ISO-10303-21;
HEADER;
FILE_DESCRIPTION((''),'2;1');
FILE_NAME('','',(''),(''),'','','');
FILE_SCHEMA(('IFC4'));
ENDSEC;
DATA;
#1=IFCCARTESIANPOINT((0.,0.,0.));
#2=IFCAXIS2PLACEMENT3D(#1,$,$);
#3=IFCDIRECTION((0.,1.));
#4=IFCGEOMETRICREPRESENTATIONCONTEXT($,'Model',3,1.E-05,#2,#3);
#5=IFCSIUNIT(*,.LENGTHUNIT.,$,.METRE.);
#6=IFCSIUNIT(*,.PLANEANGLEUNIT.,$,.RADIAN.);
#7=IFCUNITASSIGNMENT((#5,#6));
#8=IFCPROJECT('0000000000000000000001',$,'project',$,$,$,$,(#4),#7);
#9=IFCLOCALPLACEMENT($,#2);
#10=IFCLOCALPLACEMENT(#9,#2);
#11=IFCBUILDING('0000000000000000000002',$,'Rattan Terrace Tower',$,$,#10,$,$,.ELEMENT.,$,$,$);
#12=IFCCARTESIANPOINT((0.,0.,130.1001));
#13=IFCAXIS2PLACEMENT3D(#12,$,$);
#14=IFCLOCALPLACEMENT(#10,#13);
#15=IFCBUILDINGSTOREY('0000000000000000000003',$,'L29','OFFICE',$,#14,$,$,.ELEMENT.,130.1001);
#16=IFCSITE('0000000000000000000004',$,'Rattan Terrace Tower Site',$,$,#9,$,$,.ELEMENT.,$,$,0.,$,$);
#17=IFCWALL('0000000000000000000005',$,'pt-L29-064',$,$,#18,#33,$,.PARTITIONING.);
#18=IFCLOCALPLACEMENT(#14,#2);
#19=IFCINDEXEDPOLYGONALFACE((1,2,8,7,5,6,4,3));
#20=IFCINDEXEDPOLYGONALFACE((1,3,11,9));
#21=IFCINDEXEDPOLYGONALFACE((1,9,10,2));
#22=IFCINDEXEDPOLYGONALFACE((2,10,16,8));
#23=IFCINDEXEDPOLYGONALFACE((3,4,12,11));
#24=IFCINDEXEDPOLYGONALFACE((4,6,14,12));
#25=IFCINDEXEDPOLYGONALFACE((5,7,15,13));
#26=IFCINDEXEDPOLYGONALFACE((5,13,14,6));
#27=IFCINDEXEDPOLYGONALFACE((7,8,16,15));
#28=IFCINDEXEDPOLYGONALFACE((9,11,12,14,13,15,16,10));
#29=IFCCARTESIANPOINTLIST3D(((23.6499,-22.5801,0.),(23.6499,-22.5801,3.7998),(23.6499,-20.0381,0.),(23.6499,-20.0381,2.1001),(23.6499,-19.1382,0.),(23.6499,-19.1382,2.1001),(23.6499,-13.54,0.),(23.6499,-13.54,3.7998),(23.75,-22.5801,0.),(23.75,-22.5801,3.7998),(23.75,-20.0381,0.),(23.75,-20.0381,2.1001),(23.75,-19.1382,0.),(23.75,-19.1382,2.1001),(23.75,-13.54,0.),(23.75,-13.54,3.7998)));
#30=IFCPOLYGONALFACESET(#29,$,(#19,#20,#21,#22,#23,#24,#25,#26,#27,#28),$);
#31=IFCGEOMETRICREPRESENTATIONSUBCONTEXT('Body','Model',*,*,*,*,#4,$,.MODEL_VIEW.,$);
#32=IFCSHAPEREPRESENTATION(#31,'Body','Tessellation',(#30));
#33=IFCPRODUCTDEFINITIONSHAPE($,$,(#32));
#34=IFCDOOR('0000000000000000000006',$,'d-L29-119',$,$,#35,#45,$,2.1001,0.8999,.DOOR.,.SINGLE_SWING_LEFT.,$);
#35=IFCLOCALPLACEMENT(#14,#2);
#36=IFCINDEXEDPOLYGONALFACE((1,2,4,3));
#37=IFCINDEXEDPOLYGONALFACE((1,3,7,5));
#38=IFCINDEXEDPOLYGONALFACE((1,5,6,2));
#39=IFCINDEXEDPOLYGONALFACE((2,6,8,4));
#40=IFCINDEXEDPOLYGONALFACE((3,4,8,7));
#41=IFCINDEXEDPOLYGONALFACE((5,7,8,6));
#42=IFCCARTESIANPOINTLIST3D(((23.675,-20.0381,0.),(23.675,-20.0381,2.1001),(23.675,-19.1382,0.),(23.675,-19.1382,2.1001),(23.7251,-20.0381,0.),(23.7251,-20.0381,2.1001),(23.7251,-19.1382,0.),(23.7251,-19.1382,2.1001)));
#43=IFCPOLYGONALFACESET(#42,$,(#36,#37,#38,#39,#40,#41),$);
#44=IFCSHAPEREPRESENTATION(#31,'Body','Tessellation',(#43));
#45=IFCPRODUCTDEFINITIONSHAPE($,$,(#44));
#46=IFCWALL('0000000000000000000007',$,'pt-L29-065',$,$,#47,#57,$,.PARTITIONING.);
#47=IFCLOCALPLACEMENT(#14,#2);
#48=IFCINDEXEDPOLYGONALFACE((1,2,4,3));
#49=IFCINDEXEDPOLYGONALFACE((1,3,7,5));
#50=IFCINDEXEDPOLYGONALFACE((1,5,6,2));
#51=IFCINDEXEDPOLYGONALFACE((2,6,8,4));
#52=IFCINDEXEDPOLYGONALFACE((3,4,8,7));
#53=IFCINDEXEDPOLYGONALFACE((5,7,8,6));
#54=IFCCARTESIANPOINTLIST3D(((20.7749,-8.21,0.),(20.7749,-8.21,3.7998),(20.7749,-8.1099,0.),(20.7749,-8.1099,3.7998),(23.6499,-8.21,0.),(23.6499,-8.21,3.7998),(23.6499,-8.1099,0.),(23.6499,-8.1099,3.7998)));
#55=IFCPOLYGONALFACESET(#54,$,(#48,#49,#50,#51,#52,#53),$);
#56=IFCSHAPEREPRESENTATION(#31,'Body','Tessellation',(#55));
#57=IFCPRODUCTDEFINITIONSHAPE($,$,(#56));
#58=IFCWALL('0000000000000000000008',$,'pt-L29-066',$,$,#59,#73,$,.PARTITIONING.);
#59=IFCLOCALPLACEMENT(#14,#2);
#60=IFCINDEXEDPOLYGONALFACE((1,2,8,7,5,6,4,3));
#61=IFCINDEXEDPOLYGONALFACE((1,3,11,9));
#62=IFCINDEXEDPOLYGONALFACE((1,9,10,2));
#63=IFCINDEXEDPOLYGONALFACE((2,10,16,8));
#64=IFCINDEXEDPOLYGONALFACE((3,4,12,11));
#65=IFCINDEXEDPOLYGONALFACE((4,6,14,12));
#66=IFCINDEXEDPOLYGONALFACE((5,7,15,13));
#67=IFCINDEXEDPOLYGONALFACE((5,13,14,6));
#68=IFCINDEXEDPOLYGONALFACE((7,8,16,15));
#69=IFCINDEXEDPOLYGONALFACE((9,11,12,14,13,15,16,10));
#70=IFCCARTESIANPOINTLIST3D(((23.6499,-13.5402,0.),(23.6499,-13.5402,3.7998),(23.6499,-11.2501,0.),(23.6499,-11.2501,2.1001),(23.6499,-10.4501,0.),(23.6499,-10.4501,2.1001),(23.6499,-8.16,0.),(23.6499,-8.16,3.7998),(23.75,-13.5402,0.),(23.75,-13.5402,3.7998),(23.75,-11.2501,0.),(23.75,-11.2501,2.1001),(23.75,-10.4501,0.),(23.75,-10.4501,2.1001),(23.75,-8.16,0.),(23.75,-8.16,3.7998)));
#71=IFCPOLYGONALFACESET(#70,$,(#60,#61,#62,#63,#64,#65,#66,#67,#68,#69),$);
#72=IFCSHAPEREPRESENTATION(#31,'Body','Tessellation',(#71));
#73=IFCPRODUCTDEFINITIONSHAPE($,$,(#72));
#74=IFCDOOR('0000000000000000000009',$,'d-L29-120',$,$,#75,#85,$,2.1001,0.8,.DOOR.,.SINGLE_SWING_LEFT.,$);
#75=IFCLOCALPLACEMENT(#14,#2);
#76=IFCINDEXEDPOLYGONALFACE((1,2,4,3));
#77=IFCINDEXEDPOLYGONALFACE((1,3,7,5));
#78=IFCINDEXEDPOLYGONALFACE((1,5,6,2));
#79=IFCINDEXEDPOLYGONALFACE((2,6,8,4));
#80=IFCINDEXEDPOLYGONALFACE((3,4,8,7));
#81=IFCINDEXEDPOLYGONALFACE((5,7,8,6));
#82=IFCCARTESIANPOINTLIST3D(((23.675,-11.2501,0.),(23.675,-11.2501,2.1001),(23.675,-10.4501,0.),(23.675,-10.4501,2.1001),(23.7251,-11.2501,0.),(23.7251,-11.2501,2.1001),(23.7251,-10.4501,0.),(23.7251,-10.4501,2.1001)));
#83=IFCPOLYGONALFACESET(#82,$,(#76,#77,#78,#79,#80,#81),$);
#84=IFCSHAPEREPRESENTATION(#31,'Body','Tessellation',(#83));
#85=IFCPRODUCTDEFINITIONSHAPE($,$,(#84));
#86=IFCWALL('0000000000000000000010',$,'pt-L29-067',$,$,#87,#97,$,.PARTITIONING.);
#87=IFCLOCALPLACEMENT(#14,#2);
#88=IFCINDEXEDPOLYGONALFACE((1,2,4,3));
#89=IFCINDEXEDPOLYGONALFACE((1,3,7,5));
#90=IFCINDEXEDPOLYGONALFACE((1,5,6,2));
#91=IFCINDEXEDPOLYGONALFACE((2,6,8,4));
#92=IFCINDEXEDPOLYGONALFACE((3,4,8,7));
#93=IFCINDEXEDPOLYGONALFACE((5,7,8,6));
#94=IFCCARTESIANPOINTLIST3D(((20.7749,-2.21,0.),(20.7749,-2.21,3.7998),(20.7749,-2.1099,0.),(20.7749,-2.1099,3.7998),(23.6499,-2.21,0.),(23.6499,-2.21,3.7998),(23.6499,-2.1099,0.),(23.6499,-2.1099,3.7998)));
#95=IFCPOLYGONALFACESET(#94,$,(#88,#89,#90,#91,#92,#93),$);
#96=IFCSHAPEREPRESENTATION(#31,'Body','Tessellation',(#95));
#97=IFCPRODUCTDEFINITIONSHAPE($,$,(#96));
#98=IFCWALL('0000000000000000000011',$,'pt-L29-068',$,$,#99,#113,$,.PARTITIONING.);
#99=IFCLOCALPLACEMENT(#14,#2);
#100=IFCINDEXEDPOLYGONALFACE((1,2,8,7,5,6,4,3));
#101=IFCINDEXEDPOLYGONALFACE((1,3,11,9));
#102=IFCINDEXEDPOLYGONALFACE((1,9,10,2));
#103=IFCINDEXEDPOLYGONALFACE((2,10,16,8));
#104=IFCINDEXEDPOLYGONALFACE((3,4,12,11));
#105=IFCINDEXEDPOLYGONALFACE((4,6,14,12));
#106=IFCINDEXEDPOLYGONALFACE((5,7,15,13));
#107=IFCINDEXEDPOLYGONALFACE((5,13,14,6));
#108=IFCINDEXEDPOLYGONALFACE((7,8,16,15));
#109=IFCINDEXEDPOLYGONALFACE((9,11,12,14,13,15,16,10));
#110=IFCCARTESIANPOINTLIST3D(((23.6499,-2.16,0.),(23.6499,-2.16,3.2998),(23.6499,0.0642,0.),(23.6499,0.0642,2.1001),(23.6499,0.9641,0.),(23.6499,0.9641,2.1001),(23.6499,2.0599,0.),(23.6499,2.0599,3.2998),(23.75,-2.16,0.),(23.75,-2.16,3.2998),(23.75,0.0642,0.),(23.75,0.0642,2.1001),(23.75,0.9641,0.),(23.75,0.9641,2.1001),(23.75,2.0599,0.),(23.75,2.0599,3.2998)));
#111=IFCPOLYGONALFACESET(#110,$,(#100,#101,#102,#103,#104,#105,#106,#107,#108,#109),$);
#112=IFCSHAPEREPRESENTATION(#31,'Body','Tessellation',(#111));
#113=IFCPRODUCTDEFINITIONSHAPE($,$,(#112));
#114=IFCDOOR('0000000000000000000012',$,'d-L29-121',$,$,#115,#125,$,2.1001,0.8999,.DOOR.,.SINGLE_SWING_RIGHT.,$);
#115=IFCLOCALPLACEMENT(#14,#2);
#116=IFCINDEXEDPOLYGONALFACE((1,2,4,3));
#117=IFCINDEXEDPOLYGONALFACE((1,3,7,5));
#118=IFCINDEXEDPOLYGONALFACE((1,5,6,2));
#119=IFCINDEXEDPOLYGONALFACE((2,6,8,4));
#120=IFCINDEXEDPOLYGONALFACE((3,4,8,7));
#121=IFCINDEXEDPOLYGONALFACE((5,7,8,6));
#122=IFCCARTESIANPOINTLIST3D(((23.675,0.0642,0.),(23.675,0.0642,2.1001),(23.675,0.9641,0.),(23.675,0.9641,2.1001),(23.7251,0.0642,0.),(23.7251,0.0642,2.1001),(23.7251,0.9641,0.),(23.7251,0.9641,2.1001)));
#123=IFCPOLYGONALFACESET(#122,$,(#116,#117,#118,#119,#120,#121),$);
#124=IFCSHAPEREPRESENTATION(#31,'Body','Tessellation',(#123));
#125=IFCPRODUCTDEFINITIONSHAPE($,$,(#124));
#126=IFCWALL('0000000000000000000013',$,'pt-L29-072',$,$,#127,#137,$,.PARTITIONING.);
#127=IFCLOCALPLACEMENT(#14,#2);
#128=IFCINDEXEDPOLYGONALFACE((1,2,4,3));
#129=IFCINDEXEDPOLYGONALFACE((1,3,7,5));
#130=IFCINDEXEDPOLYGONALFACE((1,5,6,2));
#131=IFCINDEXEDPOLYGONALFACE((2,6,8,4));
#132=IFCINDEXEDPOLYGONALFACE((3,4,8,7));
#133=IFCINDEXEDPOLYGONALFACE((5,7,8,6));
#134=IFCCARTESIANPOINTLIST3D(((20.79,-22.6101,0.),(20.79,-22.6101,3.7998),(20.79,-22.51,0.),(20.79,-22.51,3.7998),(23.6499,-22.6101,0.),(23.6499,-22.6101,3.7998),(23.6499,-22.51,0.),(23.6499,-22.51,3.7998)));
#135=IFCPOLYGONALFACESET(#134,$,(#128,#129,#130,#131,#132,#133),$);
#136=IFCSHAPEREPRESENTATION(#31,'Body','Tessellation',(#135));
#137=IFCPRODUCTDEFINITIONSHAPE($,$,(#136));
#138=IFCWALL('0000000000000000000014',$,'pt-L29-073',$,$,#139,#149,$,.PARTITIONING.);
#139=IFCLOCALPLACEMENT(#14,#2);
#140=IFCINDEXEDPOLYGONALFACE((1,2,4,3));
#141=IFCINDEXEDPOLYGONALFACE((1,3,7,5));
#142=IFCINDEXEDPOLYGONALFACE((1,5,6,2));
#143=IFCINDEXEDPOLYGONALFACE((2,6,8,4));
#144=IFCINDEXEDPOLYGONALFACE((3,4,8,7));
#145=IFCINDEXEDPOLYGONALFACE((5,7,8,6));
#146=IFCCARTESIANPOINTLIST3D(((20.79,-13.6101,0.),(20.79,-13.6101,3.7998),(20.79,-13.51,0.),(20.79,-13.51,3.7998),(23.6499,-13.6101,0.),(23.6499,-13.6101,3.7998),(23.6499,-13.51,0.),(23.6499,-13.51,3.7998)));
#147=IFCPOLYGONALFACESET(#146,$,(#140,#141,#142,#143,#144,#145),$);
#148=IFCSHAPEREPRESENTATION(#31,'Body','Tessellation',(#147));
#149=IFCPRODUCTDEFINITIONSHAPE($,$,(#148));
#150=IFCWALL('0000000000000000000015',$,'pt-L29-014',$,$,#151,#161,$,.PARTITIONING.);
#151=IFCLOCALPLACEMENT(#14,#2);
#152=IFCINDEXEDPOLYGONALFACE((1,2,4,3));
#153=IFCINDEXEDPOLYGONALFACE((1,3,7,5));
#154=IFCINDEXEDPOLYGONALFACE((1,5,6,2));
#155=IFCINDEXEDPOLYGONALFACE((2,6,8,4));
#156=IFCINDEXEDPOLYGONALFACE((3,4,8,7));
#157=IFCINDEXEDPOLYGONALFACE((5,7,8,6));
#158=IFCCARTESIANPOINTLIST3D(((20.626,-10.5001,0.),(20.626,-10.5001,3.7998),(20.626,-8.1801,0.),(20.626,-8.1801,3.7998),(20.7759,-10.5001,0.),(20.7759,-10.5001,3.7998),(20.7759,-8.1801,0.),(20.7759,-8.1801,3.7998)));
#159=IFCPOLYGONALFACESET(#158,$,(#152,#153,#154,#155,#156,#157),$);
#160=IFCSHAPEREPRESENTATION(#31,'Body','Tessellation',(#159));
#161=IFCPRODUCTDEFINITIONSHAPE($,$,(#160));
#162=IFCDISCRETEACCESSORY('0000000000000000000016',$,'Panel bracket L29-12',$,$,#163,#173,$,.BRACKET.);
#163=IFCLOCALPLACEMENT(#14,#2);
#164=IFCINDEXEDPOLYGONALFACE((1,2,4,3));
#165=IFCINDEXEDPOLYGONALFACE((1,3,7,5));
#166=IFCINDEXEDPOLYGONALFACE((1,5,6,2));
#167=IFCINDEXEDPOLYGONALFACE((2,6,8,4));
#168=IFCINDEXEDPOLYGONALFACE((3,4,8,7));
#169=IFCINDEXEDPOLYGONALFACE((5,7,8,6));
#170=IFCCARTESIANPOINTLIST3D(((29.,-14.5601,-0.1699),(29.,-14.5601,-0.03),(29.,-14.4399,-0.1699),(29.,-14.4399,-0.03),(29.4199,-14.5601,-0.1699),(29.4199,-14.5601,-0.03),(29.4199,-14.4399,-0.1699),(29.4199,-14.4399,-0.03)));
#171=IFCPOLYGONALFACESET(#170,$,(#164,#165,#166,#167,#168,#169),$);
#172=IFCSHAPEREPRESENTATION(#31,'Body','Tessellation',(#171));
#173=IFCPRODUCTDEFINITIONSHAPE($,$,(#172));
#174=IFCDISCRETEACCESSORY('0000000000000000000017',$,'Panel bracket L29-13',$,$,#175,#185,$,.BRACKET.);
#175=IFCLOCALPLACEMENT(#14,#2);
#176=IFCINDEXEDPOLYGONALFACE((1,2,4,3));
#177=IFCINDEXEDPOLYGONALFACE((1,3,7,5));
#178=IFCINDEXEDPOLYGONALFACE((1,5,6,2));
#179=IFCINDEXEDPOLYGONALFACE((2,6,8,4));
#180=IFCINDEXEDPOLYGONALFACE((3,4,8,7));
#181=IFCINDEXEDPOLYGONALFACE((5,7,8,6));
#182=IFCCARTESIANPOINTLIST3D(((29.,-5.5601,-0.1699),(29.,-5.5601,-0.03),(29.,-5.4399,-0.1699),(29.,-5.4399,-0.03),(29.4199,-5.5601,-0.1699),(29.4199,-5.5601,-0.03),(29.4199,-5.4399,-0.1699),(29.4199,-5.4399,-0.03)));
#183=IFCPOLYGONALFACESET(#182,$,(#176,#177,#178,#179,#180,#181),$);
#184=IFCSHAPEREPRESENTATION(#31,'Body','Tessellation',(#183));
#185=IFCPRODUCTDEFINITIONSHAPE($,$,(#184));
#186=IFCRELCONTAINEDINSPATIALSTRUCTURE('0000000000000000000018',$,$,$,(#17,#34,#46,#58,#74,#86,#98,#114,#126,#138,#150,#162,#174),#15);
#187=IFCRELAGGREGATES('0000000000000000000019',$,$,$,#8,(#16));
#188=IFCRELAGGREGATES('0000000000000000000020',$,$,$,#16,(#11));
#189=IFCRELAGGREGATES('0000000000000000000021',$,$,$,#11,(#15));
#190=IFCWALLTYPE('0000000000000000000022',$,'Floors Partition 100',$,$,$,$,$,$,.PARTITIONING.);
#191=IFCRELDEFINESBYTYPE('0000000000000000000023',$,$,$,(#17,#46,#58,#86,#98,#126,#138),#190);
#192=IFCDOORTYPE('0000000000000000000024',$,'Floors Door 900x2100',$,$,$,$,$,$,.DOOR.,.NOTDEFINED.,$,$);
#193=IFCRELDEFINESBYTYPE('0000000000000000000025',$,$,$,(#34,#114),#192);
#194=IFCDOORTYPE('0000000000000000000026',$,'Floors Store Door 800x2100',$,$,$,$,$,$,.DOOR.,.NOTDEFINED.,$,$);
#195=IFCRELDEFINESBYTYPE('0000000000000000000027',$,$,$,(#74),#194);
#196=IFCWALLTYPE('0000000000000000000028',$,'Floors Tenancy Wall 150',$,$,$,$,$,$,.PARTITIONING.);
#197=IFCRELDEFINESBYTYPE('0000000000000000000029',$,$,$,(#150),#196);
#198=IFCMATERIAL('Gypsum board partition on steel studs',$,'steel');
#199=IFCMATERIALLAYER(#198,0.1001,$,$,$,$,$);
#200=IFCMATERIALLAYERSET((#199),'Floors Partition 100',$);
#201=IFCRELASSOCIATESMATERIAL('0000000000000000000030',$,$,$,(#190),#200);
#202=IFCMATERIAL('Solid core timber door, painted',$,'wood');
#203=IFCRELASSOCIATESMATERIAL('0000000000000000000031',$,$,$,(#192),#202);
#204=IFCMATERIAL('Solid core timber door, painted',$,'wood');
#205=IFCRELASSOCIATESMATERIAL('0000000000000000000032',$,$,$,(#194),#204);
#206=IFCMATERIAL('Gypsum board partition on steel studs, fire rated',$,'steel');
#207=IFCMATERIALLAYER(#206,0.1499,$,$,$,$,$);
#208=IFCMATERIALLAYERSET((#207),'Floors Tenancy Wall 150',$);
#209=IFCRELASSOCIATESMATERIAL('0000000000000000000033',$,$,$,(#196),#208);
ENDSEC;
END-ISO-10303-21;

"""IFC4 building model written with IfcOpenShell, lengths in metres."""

from ifc_helpers import new_model, si_unit, direction, frame, frame_2d, origin, origin_2d, place, context, subcontext, project, spatial, rectangle, extrude, material, layer, layer_set, type_object, element, fill, save


model = new_model("IFC4")

# Units and contexts
model_context = context("Model", 3, precision=1e-05, world=origin(), true_north=direction((0.0, 1.0)))
body_context = subcontext(model_context, "Body", "Model", "MODEL_VIEW")
ifc_project = project(units=[si_unit("LENGTHUNIT", "METRE"), si_unit("PLANEANGLEUNIT", "RADIAN")], contexts=[model_context])

# Site, building, storey
site_placement = place(None, origin())
site = spatial("IfcSite", under=ifc_project, at=site_placement, Name="Rattan Terrace Tower Site", CompositionType="ELEMENT", RefElevation=0.0)
building_placement = place(site_placement, origin())
building = spatial("IfcBuilding", under=site, at=building_placement, Name="Rattan Terrace Tower", CompositionType="ELEMENT")
storey_placement = place(building_placement, frame((0.0, 0.0, 130.1001)))
storey = spatial("IfcBuildingStorey", under=building, at=storey_placement, Name="L29", Description="OFFICE", CompositionType="ELEMENT", Elevation=130.1001)

# Wall, opening, door
ifc_material_1 = material(Name="Gypsum board partition on steel studs", Category="steel")
ifc_layer_1 = layer(ifc_material_1, 0.1001)
ifc_layer_set_1 = layer_set([ifc_layer_1], Name="Floors Partition 100")
wall_type_1 = type_object("IfcWallType", Name="Floors Partition 100", PredefinedType="PARTITIONING", material=ifc_layer_set_1)
wall_1_placement = place(storey_placement, frame((23.7, -22.5801, 0.0), z_axis=(0.0, 0.0, 1.0), x_axis=(0.0, 1.0, 0.0)))
wall_1 = element("IfcWall", 1, at=wall_1_placement, inside=storey, type_object=wall_type_1, Name="pt-L29-064", PredefinedType="PARTITIONING", context=body_context, shape_type="SweptSolid", body=[
    extrude(rectangle(XDim=9.04, YDim=0.1001, at=frame_2d((4.52, 0.0))), origin(), (0.0, 0.0, 1.0), 3.7998),
])
opening_1_placement = place(wall_1_placement, frame((2.542, 0.0, 0.0)))
opening_1 = element("IfcOpeningElement", 2, at=opening_1_placement, cuts=wall_1, PredefinedType="OPENING", context=body_context, shape_type="SweptSolid", body=[
    extrude(rectangle(XDim=0.8999, YDim=2.1001, at=frame_2d((0.45, 1.05))), frame((0.0, 0.0605, 0.0), z_axis=(0.0, -1.0, 0.0), x_axis=(1.0, 0.0, 0.0)), (0.0, 0.0, 1.0), 0.1211),
])
ifc_material_2 = material(Name="Solid core timber door, painted", Category="wood")
door_type_1 = type_object("IfcDoorType", Name="Floors Door 900x2100", OperationType="NOTDEFINED", PredefinedType="DOOR", material=ifc_material_2)
door_1_placement = place(opening_1_placement, origin())
door_1 = element("IfcDoor", 3, at=door_1_placement, inside=storey, type_object=door_type_1, Name="d-L29-119", OperationType="SINGLE_SWING_LEFT", OverallHeight=2.1001, OverallWidth=0.8999, PredefinedType="DOOR", context=body_context, shape_type="SweptSolid", body=[
    extrude(rectangle(XDim=0.8999, YDim=2.1001, at=frame_2d((0.45, 1.05))), frame((0.0, 0.0249, 0.0), z_axis=(0.0, -1.0, 0.0), x_axis=(1.0, 0.0, 0.0)), (0.0, 0.0, 1.0), 0.05),
])
fill(opening_1, door_1)

# Wall
wall_2_placement = place(storey_placement, frame((23.6499, -8.1599, 0.0), z_axis=(0.0, 0.0, 1.0), x_axis=(-1.0, 0.0, 0.0)))
element("IfcWall", 4, at=wall_2_placement, inside=storey, type_object=wall_type_1, Name="pt-L29-065", PredefinedType="PARTITIONING", context=body_context, shape_type="SweptSolid", body=[
    extrude(rectangle(XDim=2.875, YDim=0.1001, at=frame_2d((1.4375, 0.0))), origin(), (0.0, 0.0, 1.0), 3.7998),
])

# Wall, opening, door
wall_3_placement = place(storey_placement, frame((23.7, -13.54, 0.0), z_axis=(0.0, 0.0, 1.0), x_axis=(0.0, 1.0, 0.0)))
wall_3 = element("IfcWall", 5, at=wall_3_placement, inside=storey, type_object=wall_type_1, Name="pt-L29-066", PredefinedType="PARTITIONING", context=body_context, shape_type="SweptSolid", body=[
    extrude(rectangle(XDim=5.3801, YDim=0.1001, at=frame_2d((2.6899, 0.0))), origin(), (0.0, 0.0, 1.0), 3.7998),
])
opening_2_placement = place(wall_3_placement, frame((2.29, 0.0, 0.0)))
opening_2 = element("IfcOpeningElement", 6, at=opening_2_placement, cuts=wall_3, PredefinedType="OPENING", context=body_context, shape_type="SweptSolid", body=[
    extrude(rectangle(XDim=0.8, YDim=2.1001, at=frame_2d((0.3999, 1.05))), frame((0.0, 0.0605, 0.0), z_axis=(0.0, -1.0, 0.0), x_axis=(1.0, 0.0, 0.0)), (0.0, 0.0, 1.0), 0.1211),
])
ifc_material_3 = material(Name="Solid core timber door, painted", Category="wood")
door_type_2 = type_object("IfcDoorType", Name="Floors Store Door 800x2100", OperationType="NOTDEFINED", PredefinedType="DOOR", material=ifc_material_3)
door_2_placement = place(opening_2_placement, origin())
door_2 = element("IfcDoor", 7, at=door_2_placement, inside=storey, type_object=door_type_2, Name="d-L29-120", OperationType="SINGLE_SWING_LEFT", OverallHeight=2.1001, OverallWidth=0.8, PredefinedType="DOOR", context=body_context, shape_type="SweptSolid", body=[
    extrude(rectangle(XDim=0.8, YDim=2.1001, at=frame_2d((0.3999, 1.05))), frame((0.0, 0.0249, 0.0), z_axis=(0.0, -1.0, 0.0), x_axis=(1.0, 0.0, 0.0)), (0.0, 0.0, 1.0), 0.05),
])
fill(opening_2, door_2)

# Wall
wall_4_placement = place(storey_placement, frame((20.7749, -2.1599, 0.0), z_axis=(0.0, 0.0, 1.0), x_axis=(1.0, 0.0, 0.0)))
element("IfcWall", 8, at=wall_4_placement, inside=storey, type_object=wall_type_1, Name="pt-L29-067", PredefinedType="PARTITIONING", context=body_context, shape_type="SweptSolid", body=[
    extrude(rectangle(XDim=2.875, YDim=0.1001, at=frame_2d((1.4375, 0.0))), origin(), (0.0, 0.0, 1.0), 3.7998),
])

# Wall, opening, door
wall_5_placement = place(storey_placement, frame((23.7, -2.1599, 0.0), z_axis=(0.0, 0.0, 1.0), x_axis=(0.0, 1.0, 0.0)))
wall_5 = element("IfcWall", 9, at=wall_5_placement, inside=storey, type_object=wall_type_1, Name="pt-L29-068", PredefinedType="PARTITIONING", context=body_context, shape_type="SweptSolid", body=[
    extrude(rectangle(XDim=4.22, YDim=0.1001, at=frame_2d((2.1099, 0.0))), origin(), (0.0, 0.0, 1.0), 3.2998),
])
opening_3_placement = place(wall_5_placement, frame((2.2241, 0.0, 0.0)))
opening_3 = element("IfcOpeningElement", 10, at=opening_3_placement, cuts=wall_5, PredefinedType="OPENING", context=body_context, shape_type="SweptSolid", body=[
    extrude(rectangle(XDim=0.8999, YDim=2.1001, at=frame_2d((0.45, 1.05))), frame((0.0, 0.0605, 0.0), z_axis=(0.0, -1.0, 0.0), x_axis=(1.0, 0.0, 0.0)), (0.0, 0.0, 1.0), 0.1211),
])
door_3_placement = place(opening_3_placement, origin())
door_3 = element("IfcDoor", 11, at=door_3_placement, inside=storey, type_object=door_type_1, Name="d-L29-121", OperationType="SINGLE_SWING_RIGHT", OverallHeight=2.1001, OverallWidth=0.8999, PredefinedType="DOOR", context=body_context, shape_type="SweptSolid", body=[
    extrude(rectangle(XDim=0.8999, YDim=2.1001, at=frame_2d((0.45, 1.05))), frame((0.0, 0.0249, 0.0), z_axis=(0.0, -1.0, 0.0), x_axis=(1.0, 0.0, 0.0)), (0.0, 0.0, 1.0), 0.05),
])
fill(opening_3, door_3)

# Walls
for number, where, z_axis, x_axis, name in (
    (12, (20.79, -22.5601, 0.0), (0.0, 0.0, 1.0), (1.0, 0.0, 0.0), "pt-L29-072"),
    (13, (20.79, -13.5601, 0.0), (0.0, 0.0, 1.0), (1.0, 0.0, 0.0), "pt-L29-073"),
):
    element("IfcWall", number, at=place(storey_placement, frame(where, z_axis=z_axis, x_axis=x_axis)), inside=storey, type_object=wall_type_1, Name=name, PredefinedType="PARTITIONING", context=body_context, shape_type="SweptSolid", body=[
        extrude(rectangle(XDim=2.8599, YDim=0.1001, at=frame_2d((1.4299, 0.0))), origin(), (0.0, 0.0, 1.0), 3.7998),
    ])
ifc_material_4 = material(Name="Gypsum board partition on steel studs, fire rated", Category="steel")
ifc_layer_2 = layer(ifc_material_4, 0.1499)
ifc_layer_set_2 = layer_set([ifc_layer_2], Name="Floors Tenancy Wall 150")
wall_type_2 = type_object("IfcWallType", Name="Floors Tenancy Wall 150", PredefinedType="PARTITIONING", material=ifc_layer_set_2)
wall_6_placement = place(storey_placement, frame((20.7009, -8.1799, 0.0), z_axis=(0.0, 0.0, 1.0), x_axis=(0.0, -1.0, 0.0)))
element("IfcWall", 14, at=wall_6_placement, inside=storey, type_object=wall_type_2, Name="pt-L29-014", PredefinedType="PARTITIONING", context=body_context, shape_type="SweptSolid", body=[
    extrude(rectangle(XDim=2.3201, YDim=0.1499, at=frame_2d((1.1602, 0.0))), origin(), (0.0, 0.0, 1.0), 3.7998),
])

# Discrete accessories
for number, where, z_axis, x_axis, name in (
    (15, (29.21, -14.5, -0.1699), (0.0, 0.0, 1.0), (0.0, 1.0, 0.0), "Panel bracket L29-12"),
    (16, (29.21, -5.5, -0.1699), (0.0, 0.0, 1.0), (0.0, 1.0, 0.0), "Panel bracket L29-13"),
):
    element("IfcDiscreteAccessory", number, at=place(storey_placement, frame(where, z_axis=z_axis, x_axis=x_axis)), inside=storey, Name=name, PredefinedType="BRACKET", context=body_context, shape_type="SweptSolid", body=[
        extrude(rectangle(XDim=0.1201, YDim=0.4199, at=origin_2d()), origin(), (0.0, 0.0, 1.0), 0.1399),
    ])

save(model, "model.ifc")
